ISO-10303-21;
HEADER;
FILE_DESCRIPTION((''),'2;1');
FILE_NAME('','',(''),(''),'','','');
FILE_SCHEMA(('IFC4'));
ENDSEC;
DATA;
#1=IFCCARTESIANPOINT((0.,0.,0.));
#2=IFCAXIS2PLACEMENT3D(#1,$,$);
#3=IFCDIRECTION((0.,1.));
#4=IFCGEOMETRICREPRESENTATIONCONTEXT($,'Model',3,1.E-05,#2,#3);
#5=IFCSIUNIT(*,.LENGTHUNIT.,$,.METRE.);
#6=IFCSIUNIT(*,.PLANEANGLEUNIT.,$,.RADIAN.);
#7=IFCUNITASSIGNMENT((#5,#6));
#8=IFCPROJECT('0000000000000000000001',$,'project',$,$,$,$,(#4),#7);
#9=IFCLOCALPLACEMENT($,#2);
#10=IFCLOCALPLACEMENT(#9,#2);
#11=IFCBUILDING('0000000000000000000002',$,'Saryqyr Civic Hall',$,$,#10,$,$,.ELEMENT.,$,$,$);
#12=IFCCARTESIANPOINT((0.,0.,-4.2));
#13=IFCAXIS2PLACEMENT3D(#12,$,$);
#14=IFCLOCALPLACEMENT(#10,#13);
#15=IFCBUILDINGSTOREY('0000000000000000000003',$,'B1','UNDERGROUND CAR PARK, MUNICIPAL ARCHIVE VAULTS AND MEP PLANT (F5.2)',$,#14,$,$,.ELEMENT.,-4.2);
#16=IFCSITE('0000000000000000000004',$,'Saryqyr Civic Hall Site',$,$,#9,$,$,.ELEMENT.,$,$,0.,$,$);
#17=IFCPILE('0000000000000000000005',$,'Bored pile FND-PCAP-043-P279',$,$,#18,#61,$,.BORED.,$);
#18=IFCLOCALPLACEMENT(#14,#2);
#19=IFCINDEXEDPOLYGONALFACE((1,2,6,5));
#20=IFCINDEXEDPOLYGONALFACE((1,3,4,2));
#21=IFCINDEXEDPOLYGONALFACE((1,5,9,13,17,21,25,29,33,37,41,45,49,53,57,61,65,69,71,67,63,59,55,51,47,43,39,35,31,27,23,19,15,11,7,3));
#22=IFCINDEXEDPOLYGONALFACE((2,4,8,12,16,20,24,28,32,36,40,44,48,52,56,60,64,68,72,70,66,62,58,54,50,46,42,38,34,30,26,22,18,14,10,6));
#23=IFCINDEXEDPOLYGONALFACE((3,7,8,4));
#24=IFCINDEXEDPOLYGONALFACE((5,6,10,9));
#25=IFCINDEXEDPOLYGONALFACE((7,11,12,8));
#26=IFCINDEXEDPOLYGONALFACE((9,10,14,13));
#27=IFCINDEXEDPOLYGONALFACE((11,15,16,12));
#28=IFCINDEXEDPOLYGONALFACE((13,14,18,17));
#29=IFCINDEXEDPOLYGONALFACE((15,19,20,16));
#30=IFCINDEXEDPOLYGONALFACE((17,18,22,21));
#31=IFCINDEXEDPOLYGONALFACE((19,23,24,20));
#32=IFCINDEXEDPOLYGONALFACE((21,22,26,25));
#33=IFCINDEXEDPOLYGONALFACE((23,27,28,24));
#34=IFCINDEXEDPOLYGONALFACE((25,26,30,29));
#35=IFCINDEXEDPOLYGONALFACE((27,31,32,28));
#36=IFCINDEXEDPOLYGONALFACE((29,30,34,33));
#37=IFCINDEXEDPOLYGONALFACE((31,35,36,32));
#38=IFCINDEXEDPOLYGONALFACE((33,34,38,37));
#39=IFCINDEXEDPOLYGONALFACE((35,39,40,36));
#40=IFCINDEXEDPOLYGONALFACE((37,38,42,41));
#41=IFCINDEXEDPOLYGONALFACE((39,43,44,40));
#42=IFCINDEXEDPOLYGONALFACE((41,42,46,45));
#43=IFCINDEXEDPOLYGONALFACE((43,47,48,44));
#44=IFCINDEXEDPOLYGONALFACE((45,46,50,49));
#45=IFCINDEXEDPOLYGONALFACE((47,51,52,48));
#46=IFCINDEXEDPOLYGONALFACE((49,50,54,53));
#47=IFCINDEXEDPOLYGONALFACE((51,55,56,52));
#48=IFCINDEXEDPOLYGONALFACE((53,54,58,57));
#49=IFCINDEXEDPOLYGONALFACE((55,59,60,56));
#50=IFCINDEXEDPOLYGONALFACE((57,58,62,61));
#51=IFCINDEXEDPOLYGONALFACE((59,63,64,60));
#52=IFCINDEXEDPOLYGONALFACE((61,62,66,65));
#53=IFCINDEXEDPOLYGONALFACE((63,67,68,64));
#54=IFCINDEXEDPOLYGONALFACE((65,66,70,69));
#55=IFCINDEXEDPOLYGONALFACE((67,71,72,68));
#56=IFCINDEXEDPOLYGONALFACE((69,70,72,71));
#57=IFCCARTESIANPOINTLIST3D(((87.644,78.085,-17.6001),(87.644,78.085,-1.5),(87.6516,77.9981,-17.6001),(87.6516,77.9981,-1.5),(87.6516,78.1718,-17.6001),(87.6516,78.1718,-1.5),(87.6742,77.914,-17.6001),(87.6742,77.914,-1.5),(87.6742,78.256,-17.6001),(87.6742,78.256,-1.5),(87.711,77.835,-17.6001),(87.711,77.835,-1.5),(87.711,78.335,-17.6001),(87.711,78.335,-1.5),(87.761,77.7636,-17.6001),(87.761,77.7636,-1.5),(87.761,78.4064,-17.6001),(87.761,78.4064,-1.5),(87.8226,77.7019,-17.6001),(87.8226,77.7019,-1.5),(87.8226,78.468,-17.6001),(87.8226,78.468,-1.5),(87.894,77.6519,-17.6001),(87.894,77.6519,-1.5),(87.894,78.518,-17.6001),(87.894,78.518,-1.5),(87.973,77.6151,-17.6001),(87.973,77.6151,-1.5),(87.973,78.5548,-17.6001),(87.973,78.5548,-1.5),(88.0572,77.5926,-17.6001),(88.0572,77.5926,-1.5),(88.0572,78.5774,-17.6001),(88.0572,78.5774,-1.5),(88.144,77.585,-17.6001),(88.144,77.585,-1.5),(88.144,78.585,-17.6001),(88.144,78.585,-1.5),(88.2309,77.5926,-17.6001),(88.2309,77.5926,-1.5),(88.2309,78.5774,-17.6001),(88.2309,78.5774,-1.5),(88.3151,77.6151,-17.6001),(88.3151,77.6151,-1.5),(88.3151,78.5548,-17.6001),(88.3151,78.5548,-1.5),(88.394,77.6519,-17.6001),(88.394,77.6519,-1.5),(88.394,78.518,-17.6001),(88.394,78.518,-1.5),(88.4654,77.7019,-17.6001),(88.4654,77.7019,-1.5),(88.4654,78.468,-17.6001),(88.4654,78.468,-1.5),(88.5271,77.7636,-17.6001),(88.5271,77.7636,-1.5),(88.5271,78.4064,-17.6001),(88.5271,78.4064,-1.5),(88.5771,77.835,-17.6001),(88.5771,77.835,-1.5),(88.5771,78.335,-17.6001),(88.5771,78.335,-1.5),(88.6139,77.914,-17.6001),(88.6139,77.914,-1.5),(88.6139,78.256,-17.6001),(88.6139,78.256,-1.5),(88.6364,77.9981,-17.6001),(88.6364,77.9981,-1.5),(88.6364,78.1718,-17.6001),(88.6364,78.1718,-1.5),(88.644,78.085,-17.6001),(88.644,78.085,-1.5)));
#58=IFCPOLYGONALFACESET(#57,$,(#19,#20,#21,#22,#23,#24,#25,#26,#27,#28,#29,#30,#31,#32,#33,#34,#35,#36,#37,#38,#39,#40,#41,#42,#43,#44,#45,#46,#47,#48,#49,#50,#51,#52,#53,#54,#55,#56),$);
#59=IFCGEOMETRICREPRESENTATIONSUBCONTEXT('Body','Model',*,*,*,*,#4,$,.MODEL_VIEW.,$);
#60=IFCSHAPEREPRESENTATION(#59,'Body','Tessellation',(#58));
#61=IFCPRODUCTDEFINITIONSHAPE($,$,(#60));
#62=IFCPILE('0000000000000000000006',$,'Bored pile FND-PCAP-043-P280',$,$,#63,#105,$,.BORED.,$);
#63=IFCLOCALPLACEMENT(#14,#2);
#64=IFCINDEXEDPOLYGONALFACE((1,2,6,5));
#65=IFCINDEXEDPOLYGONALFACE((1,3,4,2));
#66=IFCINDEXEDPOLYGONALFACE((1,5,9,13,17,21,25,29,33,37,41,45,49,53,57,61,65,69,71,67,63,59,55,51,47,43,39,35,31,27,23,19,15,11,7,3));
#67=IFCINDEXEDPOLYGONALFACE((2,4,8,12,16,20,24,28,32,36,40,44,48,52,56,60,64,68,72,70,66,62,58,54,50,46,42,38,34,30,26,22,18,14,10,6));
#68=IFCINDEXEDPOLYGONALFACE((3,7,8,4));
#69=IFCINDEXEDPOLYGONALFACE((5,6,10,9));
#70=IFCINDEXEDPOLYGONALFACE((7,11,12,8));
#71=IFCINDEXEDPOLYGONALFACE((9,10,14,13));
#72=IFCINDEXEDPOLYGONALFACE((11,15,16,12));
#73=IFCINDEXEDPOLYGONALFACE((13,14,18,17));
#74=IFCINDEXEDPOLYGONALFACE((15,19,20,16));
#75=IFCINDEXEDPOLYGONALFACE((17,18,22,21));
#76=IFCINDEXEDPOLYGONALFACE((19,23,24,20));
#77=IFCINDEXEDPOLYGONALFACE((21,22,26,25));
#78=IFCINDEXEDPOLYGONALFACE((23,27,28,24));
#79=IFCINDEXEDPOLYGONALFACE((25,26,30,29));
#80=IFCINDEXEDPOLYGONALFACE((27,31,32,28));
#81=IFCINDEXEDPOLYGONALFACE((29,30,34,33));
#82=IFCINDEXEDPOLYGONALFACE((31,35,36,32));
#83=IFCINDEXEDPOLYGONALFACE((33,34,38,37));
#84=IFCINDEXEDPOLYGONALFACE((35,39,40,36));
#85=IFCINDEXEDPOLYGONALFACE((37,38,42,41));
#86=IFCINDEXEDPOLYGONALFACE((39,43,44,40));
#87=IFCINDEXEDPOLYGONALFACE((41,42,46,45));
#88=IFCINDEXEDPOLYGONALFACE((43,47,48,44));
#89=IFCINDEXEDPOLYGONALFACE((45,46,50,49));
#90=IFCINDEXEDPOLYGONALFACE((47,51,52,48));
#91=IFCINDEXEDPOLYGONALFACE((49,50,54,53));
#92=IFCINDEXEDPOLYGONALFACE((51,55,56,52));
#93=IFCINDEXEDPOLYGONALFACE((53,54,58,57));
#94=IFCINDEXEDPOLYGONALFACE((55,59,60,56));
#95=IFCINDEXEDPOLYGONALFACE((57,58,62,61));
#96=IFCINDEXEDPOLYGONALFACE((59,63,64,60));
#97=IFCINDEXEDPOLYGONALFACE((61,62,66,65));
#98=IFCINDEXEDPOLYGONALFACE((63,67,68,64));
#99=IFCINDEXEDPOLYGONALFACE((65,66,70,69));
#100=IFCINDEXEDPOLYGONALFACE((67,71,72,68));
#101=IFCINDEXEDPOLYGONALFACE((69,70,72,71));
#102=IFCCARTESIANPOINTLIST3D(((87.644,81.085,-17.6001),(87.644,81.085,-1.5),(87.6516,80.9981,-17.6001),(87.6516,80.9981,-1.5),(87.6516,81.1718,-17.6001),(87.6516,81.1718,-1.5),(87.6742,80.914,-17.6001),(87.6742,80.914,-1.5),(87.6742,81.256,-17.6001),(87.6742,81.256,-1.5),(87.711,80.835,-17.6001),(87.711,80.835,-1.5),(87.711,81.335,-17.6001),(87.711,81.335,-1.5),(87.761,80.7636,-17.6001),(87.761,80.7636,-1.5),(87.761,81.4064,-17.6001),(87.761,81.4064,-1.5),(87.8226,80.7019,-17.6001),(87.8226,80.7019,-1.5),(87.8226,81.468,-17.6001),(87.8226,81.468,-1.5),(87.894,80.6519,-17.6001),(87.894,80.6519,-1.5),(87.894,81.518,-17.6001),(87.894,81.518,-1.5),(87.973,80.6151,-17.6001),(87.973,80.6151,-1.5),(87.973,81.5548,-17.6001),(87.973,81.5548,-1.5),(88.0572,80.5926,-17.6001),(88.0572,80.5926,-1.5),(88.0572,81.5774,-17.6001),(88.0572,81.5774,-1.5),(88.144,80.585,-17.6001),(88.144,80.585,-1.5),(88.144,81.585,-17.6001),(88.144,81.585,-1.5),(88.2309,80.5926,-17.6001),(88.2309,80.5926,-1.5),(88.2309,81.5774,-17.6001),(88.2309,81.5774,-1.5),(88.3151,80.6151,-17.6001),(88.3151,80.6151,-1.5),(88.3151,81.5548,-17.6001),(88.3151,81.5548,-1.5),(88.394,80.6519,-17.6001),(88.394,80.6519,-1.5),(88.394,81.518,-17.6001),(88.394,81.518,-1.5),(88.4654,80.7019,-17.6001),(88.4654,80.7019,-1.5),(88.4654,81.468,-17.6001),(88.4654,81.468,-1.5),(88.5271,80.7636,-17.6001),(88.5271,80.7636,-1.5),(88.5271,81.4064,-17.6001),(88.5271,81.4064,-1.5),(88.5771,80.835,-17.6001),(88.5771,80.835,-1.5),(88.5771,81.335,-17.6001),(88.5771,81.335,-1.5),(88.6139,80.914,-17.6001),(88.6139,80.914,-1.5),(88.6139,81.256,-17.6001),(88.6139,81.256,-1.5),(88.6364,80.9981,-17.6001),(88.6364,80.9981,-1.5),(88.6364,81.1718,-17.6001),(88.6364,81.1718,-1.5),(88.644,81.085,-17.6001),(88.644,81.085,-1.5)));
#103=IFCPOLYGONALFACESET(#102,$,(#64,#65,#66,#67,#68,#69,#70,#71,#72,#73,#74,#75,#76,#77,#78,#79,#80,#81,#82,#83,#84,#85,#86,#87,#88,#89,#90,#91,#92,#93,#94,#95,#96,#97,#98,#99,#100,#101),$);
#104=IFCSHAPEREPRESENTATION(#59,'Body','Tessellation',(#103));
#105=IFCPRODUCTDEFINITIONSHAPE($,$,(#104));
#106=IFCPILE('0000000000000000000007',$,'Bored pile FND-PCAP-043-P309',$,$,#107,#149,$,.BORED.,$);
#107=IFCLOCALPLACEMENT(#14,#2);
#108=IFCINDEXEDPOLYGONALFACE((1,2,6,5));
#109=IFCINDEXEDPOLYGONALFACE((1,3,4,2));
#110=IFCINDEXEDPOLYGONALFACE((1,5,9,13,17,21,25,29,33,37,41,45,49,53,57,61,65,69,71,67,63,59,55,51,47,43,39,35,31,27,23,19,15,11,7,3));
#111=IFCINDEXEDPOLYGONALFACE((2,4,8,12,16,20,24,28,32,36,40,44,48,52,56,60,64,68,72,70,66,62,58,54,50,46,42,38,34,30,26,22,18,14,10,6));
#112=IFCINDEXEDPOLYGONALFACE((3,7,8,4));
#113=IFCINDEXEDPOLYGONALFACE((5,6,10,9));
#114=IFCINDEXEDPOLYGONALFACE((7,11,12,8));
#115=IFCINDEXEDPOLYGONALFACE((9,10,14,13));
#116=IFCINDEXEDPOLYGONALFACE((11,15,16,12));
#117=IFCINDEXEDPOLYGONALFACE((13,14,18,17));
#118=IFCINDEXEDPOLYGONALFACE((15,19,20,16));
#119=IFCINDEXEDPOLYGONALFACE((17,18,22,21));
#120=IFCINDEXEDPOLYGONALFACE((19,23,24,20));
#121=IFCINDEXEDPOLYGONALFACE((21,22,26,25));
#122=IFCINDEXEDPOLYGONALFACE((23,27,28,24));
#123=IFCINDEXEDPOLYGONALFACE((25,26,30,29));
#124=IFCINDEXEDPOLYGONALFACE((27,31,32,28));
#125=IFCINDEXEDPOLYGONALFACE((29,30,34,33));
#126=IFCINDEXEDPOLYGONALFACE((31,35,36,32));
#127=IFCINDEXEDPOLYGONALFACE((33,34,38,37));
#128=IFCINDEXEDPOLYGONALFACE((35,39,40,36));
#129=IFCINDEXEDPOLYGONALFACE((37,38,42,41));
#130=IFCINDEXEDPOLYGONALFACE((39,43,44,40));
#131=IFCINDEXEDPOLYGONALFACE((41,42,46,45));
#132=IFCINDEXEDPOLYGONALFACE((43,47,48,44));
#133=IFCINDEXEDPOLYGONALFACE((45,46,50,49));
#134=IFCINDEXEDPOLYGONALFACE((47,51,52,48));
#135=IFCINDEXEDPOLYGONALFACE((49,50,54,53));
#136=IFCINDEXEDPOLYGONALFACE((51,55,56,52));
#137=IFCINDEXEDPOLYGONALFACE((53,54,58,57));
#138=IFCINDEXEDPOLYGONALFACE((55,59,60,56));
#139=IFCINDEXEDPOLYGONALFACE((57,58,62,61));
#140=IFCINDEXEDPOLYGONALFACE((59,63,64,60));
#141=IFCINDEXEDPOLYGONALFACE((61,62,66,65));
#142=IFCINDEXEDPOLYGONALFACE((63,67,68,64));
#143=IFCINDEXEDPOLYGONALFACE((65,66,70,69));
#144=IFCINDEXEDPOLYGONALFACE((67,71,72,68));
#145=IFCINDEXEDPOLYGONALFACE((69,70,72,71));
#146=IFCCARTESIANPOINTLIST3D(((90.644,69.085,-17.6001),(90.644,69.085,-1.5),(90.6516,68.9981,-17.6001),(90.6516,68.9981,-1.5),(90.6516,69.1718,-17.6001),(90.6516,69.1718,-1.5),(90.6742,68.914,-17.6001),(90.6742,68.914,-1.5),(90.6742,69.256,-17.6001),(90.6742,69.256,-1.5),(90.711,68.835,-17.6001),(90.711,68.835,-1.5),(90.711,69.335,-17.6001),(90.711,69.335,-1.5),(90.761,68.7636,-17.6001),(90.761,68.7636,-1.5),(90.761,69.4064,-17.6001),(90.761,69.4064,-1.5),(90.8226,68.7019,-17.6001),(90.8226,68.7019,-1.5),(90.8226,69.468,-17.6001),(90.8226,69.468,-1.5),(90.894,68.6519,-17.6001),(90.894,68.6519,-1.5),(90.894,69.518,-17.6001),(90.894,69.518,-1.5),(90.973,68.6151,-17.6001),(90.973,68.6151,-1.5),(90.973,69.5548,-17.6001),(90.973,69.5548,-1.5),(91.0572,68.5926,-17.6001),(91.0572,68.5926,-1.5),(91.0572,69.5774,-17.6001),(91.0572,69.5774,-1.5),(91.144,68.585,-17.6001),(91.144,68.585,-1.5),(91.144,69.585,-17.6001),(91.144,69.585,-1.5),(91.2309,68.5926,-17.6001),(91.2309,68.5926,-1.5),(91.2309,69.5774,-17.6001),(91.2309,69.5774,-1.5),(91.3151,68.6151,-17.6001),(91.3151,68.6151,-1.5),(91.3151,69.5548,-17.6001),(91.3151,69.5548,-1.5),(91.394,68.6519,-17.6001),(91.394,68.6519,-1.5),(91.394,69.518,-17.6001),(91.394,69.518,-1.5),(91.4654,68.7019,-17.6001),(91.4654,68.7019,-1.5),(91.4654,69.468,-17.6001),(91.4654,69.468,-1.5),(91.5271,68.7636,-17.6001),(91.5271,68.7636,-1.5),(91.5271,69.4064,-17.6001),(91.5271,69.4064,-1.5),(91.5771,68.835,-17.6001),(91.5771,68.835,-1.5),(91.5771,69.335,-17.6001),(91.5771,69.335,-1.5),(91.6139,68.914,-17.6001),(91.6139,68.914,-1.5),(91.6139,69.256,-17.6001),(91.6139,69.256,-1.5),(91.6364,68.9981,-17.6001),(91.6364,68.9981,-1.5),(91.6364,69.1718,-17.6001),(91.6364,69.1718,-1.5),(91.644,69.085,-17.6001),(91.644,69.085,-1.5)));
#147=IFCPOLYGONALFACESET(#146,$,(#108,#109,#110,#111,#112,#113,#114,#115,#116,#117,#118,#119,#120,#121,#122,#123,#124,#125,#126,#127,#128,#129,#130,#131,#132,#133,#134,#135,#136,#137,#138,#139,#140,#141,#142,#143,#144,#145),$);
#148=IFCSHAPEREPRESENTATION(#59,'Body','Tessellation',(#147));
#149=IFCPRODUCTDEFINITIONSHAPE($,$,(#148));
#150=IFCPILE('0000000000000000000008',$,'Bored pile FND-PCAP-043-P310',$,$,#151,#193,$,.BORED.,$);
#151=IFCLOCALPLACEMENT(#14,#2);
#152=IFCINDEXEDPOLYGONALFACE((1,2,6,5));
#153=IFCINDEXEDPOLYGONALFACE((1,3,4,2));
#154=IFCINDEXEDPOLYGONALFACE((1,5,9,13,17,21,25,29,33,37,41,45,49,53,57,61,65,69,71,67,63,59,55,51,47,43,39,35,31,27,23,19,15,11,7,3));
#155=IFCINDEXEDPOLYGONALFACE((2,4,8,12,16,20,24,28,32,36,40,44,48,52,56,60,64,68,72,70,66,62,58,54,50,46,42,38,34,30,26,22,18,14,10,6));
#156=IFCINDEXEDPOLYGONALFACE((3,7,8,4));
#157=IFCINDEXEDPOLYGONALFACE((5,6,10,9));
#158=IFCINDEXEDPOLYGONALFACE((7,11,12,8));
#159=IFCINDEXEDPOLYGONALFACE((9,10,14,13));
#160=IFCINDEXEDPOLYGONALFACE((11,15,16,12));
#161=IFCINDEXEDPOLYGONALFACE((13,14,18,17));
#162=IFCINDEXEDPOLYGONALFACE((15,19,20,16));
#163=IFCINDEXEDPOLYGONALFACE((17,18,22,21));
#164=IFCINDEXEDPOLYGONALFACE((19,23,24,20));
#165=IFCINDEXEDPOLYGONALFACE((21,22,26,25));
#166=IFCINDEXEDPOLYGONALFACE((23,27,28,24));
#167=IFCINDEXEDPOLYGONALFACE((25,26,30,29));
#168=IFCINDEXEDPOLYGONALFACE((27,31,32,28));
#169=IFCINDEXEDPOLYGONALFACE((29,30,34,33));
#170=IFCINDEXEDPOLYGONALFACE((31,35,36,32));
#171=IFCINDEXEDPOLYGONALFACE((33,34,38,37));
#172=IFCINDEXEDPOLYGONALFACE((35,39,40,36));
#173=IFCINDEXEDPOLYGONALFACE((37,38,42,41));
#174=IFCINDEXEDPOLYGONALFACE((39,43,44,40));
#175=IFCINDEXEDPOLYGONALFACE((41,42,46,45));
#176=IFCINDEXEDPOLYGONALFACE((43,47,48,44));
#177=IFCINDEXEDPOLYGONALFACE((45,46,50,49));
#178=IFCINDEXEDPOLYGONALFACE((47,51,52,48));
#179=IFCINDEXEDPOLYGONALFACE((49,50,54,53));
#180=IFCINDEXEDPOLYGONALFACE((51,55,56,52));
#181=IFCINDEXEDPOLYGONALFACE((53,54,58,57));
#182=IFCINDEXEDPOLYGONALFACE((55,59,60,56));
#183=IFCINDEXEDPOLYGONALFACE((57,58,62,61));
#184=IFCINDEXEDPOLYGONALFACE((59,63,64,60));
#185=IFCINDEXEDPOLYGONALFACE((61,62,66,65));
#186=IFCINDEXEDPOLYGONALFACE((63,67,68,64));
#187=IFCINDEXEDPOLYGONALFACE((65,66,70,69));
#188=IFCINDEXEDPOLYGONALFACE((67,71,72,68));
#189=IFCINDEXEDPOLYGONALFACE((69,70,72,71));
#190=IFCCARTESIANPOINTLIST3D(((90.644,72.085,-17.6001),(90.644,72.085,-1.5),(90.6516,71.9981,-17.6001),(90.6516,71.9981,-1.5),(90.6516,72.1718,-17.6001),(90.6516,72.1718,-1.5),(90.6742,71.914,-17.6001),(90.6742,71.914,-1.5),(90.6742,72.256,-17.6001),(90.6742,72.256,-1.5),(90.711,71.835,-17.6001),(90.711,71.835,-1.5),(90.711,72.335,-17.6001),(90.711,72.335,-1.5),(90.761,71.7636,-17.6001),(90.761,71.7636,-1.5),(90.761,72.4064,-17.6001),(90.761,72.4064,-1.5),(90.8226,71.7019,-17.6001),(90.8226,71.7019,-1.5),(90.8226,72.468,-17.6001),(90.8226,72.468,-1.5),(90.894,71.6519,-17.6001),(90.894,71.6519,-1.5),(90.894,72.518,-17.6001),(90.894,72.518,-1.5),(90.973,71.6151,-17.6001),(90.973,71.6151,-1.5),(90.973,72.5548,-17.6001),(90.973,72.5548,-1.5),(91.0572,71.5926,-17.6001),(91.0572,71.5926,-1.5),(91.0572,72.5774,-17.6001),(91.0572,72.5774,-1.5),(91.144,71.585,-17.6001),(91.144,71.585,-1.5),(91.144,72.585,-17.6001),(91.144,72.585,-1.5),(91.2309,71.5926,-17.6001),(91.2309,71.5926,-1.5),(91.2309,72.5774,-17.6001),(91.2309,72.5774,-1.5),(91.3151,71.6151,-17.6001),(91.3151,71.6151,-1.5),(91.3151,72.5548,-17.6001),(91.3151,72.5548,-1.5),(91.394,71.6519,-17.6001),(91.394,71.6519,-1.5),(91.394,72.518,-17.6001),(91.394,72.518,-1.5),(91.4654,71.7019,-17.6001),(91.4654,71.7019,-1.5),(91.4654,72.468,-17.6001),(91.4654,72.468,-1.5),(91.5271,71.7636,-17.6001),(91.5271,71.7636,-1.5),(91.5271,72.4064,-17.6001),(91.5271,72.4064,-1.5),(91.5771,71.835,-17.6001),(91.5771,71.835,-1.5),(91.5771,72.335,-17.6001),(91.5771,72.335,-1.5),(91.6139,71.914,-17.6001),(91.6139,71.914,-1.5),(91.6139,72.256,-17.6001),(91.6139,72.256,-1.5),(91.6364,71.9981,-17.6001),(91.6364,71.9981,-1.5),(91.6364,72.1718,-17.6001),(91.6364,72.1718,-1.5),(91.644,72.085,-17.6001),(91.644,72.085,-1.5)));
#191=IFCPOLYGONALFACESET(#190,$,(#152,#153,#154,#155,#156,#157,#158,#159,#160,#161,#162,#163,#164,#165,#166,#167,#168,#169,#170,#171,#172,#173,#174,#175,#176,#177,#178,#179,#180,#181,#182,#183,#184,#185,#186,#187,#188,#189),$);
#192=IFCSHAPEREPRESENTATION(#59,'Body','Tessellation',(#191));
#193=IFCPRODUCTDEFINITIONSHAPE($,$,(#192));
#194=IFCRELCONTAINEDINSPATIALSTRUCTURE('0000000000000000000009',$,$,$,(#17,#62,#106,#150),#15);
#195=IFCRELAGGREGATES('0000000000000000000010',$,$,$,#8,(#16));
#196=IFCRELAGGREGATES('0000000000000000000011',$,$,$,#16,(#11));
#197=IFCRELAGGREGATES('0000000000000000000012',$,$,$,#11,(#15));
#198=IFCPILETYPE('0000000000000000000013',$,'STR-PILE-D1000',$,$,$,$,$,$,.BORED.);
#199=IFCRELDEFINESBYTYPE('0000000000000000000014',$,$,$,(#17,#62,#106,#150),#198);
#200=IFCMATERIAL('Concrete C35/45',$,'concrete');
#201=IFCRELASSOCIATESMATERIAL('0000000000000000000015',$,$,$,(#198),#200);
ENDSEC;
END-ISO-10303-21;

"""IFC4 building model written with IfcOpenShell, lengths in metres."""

from ifc_helpers import new_model, si_unit, direction, frame, origin, origin_2d, place, context, subcontext, project, spatial, circle, extrude, material, material_profile, profile_set, type_object, element, save


model = new_model("IFC4")

# Units and contexts
model_context = context("Model", 3, precision=1e-05, world=origin(), true_north=direction((0.0, 1.0)))
body_context = subcontext(model_context, "Body", "Model", "MODEL_VIEW")
ifc_project = project(units=[si_unit("LENGTHUNIT", "METRE"), si_unit("PLANEANGLEUNIT", "RADIAN")], contexts=[model_context])

# Site, building, storey
site_placement = place(None, origin())
site = spatial("IfcSite", under=ifc_project, at=site_placement, Name="Saryqyr Civic Hall Site", CompositionType="ELEMENT", RefElevation=0.0)
building_placement = place(site_placement, origin())
building = spatial("IfcBuilding", under=site, at=building_placement, Name="Saryqyr Civic Hall", CompositionType="ELEMENT")
storey_placement = place(building_placement, frame((0.0, 0.0, -4.2)))
storey = spatial("IfcBuildingStorey", under=building, at=storey_placement, Name="B1", Description="UNDERGROUND CAR PARK, MUNICIPAL ARCHIVE VAULTS AND MEP PLANT (F5.2)", CompositionType="ELEMENT", Elevation=-4.2)

# Piles
ifc_material_1 = material(Name="Concrete C35/45", Category="concrete")
ifc_material_profile_1 = material_profile(ifc_material_1, circle(Radius=0.5, at=origin_2d()), Name="BORED PILE D1000")
ifc_profile_set_1 = profile_set([ifc_material_profile_1], Name="Concrete C35/45")
pile_type = type_object("IfcPileType", Name="STR-PILE-D1000", PredefinedType="BORED", material=ifc_profile_set_1)
for number, where, z_axis, x_axis, name in (
    (1, (88.144, 78.085, -1.5), (0.0, 0.0, -1.0), (1.0, 0.0, 0.0), "Bored pile FND-PCAP-043-P279"),
    (2, (88.144, 81.085, -1.5), (0.0, 0.0, -1.0), (1.0, 0.0, 0.0), "Bored pile FND-PCAP-043-P280"),
    (3, (91.144, 69.085, -1.5), (0.0, 0.0, -1.0), (1.0, 0.0, 0.0), "Bored pile FND-PCAP-043-P309"),
    (4, (91.144, 72.085, -1.5), (0.0, 0.0, -1.0), (1.0, 0.0, 0.0), "Bored pile FND-PCAP-043-P310"),
):
    element("IfcPile", number, at=place(storey_placement, frame(where, z_axis=z_axis, x_axis=x_axis)), inside=storey, type_object=pile_type, Name=name, PredefinedType="BORED", context=body_context, shape_type="SweptSolid", body=[
        extrude(circle(Radius=0.5, at=origin_2d()), origin(), (0.0, 0.0, 1.0), 16.1001),
    ])

save(model, "model.ifc")
